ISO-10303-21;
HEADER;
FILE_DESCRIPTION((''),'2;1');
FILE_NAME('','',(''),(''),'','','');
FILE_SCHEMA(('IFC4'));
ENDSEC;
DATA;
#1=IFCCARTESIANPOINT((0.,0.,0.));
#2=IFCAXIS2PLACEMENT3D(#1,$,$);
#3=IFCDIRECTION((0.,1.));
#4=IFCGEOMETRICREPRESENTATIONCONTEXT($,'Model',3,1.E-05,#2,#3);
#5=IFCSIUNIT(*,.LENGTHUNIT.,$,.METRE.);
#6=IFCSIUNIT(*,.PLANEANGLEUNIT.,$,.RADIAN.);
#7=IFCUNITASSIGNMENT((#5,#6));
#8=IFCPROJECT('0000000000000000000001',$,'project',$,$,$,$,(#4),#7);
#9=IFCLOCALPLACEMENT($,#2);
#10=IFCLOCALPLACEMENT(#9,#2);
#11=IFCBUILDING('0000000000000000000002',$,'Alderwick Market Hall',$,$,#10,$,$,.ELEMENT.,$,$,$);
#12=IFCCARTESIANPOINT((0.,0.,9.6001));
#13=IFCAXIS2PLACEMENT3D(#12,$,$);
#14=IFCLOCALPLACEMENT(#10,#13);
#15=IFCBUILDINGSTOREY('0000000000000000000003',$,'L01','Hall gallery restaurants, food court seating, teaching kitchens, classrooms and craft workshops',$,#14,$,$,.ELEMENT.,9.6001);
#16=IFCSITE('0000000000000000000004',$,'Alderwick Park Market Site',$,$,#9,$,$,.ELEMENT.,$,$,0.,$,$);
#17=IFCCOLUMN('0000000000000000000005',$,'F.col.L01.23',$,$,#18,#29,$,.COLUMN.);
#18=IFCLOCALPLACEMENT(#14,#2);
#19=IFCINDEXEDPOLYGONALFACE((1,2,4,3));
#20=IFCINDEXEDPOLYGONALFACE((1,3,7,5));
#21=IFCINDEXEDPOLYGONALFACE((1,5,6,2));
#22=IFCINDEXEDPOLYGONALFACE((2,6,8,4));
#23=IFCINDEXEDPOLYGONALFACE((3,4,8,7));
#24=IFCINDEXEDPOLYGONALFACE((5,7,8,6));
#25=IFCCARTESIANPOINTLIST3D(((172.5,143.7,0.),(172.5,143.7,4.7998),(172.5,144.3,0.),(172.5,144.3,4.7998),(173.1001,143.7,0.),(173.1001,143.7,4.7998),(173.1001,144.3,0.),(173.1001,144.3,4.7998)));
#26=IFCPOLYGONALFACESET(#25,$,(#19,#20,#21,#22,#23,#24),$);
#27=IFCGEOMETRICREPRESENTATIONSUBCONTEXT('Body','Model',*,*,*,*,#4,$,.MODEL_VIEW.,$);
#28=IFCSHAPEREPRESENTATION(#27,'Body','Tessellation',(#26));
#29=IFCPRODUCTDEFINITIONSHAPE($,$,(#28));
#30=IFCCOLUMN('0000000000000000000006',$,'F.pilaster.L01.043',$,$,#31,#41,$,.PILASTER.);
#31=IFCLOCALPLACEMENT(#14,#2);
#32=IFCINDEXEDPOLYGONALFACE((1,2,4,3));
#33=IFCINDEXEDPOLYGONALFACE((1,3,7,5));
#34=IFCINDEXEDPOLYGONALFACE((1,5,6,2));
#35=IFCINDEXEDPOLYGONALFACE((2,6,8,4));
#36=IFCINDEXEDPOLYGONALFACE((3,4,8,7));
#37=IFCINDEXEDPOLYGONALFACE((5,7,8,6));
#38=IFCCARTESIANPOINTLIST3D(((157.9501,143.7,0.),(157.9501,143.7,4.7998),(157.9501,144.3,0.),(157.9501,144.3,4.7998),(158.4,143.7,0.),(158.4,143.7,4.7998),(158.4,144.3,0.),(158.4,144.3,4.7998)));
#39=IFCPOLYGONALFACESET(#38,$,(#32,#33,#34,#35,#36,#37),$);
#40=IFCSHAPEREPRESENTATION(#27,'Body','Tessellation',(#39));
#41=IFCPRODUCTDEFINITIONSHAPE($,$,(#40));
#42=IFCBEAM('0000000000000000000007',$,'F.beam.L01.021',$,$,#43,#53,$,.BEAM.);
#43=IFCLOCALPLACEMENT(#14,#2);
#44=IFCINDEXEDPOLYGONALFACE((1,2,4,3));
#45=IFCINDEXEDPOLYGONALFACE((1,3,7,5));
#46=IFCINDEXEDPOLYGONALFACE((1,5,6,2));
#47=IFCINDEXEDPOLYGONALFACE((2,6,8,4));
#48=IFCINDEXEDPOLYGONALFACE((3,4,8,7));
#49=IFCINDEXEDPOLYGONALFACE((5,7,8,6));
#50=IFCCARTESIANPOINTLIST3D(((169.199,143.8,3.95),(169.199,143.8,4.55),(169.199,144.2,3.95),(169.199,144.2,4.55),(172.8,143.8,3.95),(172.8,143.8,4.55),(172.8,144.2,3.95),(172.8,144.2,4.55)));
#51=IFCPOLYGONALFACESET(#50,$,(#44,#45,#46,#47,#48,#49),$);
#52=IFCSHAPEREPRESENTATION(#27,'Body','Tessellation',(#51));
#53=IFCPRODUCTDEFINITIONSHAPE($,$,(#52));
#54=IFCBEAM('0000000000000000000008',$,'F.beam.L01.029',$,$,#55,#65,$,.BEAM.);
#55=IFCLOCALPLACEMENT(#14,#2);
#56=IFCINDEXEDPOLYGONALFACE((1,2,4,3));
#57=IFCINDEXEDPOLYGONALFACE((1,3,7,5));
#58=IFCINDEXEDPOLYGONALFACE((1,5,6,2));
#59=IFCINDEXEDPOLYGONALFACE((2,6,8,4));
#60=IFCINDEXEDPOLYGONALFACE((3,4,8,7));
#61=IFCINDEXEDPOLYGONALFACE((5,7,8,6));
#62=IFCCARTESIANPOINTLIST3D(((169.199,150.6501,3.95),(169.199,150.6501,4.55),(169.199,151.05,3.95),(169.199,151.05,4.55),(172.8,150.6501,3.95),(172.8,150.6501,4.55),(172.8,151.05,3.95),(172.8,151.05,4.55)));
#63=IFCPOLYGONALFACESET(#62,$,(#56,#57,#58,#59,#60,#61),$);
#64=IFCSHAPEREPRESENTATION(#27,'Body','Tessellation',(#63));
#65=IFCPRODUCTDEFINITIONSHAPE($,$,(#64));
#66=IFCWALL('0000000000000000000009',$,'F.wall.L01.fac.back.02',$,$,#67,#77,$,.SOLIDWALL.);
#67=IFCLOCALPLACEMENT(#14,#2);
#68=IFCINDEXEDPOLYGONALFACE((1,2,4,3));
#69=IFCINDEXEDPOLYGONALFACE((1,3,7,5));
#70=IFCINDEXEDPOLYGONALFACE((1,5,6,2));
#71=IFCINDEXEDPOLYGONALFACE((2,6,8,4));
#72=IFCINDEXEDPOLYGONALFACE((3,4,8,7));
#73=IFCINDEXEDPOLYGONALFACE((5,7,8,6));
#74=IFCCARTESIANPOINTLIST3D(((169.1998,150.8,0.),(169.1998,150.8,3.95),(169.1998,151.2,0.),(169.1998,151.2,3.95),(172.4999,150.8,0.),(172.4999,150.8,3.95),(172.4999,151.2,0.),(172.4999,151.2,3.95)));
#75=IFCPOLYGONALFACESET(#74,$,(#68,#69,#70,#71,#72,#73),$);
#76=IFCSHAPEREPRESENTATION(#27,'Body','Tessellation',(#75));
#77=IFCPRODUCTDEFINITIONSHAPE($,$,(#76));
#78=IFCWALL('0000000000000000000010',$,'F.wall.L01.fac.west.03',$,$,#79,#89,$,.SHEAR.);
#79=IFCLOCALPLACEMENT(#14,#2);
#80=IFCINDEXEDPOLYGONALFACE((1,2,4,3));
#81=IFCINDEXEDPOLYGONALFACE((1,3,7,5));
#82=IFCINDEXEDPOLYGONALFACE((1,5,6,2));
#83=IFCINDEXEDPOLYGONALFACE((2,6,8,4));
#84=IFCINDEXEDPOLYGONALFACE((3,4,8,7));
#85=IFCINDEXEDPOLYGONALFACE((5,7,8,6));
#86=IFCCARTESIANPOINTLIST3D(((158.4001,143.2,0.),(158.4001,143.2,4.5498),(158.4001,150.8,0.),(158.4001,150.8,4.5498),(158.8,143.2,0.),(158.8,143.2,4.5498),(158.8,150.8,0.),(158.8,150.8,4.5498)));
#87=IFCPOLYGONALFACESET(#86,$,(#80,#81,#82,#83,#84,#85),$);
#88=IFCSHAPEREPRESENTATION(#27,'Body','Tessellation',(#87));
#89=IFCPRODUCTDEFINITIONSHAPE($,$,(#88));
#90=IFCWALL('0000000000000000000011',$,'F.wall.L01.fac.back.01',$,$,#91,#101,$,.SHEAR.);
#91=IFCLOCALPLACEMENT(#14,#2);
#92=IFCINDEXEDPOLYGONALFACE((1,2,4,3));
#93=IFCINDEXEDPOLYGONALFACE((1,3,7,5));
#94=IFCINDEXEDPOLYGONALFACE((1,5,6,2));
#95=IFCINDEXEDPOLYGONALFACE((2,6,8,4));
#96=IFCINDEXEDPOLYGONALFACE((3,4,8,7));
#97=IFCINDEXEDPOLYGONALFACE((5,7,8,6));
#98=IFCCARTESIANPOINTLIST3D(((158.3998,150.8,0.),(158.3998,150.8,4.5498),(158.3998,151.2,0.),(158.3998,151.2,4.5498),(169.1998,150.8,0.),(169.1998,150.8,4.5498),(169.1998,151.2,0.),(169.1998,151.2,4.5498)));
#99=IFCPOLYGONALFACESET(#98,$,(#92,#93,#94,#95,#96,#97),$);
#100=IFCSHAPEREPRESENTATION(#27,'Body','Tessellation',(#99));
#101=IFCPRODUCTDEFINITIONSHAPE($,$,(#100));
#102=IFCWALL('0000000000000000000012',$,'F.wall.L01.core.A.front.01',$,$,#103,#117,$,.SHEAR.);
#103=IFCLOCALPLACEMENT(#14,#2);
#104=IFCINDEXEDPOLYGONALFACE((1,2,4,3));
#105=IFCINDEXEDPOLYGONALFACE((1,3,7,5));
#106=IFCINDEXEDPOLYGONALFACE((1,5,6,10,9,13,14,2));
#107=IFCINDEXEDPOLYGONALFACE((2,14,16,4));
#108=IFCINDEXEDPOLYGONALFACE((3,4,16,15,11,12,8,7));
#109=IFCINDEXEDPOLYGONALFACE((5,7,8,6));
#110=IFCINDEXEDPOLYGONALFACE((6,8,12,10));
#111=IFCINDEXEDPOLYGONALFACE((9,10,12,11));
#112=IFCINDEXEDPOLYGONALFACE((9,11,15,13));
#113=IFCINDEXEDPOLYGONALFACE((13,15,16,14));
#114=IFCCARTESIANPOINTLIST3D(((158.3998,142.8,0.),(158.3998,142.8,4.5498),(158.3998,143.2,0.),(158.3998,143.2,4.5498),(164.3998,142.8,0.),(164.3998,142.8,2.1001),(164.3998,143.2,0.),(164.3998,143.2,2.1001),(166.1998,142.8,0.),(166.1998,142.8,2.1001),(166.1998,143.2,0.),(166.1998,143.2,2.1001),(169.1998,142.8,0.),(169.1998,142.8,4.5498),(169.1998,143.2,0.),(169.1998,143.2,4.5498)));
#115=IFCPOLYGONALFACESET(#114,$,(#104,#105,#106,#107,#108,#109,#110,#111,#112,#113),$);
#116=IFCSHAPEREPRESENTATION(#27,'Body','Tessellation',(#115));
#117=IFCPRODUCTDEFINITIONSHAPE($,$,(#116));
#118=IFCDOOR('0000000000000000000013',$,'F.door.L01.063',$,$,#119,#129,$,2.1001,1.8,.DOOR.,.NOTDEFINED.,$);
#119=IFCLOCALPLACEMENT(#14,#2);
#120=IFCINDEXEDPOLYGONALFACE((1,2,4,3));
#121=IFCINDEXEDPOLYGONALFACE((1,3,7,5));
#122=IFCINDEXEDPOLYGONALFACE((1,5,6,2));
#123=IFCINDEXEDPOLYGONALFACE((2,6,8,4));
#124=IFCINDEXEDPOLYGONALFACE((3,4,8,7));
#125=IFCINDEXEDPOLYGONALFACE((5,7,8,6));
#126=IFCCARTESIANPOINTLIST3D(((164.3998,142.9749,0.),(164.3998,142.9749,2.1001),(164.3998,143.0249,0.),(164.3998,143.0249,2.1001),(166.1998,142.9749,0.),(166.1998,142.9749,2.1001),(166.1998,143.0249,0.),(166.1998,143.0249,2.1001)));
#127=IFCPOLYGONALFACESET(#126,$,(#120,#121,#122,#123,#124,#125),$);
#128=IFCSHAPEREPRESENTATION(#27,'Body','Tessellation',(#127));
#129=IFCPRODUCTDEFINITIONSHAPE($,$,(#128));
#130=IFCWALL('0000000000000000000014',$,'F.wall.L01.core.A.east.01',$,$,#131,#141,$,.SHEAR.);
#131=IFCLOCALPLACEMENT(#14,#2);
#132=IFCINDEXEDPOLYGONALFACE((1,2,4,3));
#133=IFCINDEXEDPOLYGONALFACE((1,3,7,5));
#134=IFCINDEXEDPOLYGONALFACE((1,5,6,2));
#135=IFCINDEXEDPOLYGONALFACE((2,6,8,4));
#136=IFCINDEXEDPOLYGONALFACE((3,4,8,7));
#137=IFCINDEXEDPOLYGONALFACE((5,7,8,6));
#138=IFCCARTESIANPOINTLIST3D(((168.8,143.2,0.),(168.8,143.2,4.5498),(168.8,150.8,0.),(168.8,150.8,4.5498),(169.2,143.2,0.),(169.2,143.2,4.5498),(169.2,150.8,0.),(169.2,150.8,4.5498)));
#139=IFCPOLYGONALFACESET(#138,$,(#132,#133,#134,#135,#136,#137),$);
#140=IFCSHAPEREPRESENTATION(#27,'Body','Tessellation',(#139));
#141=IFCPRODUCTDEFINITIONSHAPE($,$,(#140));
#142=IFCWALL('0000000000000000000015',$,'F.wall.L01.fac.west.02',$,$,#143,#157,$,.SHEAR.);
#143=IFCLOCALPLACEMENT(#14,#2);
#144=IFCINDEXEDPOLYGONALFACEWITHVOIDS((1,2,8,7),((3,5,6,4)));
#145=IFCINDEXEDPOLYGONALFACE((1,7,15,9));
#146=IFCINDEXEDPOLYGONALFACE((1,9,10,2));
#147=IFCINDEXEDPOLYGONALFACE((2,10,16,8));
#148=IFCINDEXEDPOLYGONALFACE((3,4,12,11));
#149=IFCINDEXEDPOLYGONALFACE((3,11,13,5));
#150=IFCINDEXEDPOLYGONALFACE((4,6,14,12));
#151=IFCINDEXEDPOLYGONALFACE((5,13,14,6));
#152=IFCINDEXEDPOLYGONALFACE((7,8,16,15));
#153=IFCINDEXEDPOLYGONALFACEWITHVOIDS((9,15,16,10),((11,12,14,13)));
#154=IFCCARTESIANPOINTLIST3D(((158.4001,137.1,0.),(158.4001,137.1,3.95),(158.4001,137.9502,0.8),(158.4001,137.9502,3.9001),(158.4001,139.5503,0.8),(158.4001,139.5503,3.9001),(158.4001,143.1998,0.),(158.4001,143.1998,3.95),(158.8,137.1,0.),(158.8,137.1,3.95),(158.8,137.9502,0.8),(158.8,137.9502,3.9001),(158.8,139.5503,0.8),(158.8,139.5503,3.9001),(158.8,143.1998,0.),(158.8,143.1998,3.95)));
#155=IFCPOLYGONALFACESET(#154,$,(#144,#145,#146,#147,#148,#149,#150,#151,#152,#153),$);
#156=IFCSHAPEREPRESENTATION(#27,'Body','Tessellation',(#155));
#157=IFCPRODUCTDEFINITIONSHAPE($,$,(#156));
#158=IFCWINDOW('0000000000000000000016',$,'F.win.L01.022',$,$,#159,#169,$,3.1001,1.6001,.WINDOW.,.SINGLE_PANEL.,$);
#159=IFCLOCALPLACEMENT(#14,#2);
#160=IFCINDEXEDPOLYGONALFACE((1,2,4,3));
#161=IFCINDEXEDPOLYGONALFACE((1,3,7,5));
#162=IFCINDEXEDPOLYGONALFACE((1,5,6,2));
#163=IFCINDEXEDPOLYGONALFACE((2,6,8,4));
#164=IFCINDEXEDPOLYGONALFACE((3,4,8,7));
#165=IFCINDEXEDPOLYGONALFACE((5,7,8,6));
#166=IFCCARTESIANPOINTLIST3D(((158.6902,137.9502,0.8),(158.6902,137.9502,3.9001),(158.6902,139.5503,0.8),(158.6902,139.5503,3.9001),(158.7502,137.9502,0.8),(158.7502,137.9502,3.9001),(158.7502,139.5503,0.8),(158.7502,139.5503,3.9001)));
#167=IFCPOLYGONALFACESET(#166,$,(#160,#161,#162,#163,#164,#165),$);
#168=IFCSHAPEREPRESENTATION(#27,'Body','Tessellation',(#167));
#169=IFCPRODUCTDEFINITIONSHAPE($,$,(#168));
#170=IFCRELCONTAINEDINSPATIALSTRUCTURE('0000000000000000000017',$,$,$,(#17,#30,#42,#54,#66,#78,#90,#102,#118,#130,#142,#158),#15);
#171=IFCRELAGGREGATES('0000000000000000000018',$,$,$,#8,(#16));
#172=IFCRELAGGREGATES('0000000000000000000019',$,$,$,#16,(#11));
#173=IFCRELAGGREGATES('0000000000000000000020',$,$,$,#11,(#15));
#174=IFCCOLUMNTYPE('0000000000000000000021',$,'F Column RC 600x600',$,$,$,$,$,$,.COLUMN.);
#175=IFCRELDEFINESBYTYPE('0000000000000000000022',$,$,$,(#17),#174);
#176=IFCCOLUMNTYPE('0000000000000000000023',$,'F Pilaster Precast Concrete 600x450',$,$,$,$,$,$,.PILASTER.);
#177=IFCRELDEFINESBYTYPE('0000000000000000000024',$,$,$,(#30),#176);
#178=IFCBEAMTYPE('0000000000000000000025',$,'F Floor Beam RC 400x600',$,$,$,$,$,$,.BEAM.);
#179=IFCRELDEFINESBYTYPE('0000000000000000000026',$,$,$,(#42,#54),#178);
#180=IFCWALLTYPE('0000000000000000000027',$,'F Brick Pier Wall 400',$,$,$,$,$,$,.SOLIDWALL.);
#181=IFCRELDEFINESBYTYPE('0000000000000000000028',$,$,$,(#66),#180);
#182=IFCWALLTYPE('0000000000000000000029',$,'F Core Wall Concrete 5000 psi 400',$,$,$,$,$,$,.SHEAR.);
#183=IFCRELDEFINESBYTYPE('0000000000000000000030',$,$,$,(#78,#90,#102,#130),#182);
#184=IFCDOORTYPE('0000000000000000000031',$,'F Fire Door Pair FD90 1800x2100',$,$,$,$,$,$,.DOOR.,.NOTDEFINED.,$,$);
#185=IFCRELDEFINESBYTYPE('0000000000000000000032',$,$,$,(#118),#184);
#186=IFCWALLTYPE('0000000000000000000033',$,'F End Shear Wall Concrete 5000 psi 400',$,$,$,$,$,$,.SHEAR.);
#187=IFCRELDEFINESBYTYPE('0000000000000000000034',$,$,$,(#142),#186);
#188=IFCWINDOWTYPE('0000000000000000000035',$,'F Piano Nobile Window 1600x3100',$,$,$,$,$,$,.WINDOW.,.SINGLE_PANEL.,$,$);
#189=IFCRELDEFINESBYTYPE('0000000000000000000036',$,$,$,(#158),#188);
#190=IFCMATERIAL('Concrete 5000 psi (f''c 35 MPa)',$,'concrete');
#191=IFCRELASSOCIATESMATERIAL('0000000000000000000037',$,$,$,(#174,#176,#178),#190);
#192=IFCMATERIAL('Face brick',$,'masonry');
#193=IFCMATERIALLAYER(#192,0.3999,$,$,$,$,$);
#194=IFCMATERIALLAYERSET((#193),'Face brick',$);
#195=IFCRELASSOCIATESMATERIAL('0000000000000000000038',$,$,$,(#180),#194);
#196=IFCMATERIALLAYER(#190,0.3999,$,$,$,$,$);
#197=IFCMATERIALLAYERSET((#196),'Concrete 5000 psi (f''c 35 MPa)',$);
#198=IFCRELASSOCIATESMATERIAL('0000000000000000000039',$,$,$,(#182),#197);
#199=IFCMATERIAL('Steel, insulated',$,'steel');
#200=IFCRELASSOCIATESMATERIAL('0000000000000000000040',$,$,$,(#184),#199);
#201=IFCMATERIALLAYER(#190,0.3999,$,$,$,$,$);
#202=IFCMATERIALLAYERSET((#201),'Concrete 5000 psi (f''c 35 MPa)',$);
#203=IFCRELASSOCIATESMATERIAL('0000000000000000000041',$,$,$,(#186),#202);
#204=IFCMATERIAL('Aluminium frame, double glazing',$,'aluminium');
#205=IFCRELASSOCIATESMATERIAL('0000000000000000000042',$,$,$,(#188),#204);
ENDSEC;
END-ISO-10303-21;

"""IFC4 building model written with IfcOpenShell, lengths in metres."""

from ifc_helpers import new_model, si_unit, direction, frame, frame_2d, origin, origin_2d, place, context, subcontext, project, spatial, rectangle, extrude, material, layer, layer_set, material_profile, profile_set, type_object, element, fill, save


model = new_model("IFC4")

# Units and contexts
model_context = context("Model", 3, precision=1e-05, world=origin(), true_north=direction((0.0, 1.0)))
body_context = subcontext(model_context, "Body", "Model", "MODEL_VIEW")
ifc_project = project(units=[si_unit("LENGTHUNIT", "METRE"), si_unit("PLANEANGLEUNIT", "RADIAN")], contexts=[model_context])

# Site, building, storey
site_placement = place(None, origin())
site = spatial("IfcSite", under=ifc_project, at=site_placement, Name="Alderwick Park Market Site", CompositionType="ELEMENT", RefElevation=0.0)
building_placement = place(site_placement, origin())
building = spatial("IfcBuilding", under=site, at=building_placement, Name="Alderwick Market Hall", CompositionType="ELEMENT")
storey_placement = place(building_placement, frame((0.0, 0.0, 9.6001)))
storey = spatial("IfcBuildingStorey", under=building, at=storey_placement, Name="L01", Description="Hall gallery restaurants, food court seating, teaching kitchens, classrooms and craft workshops", CompositionType="ELEMENT", Elevation=9.6001)

# Columns
ifc_material_1 = material(Name="Concrete 5000 psi (f'c 35 MPa)", Category="concrete")
ifc_material_profile_1 = material_profile(ifc_material_1, rectangle(XDim=0.6001, YDim=0.6001, at=origin_2d()), Name="RC 600x600")
ifc_profile_set_1 = profile_set([ifc_material_profile_1], Name="Concrete 5000 psi (f'c 35 MPa)")
column_type_1 = type_object("IfcColumnType", Name="F Column RC 600x600", PredefinedType="COLUMN", material=ifc_profile_set_1)
column_1_placement = place(storey_placement, frame((172.8, 144.0, 0.0), z_axis=(0.0, 0.0, 1.0), x_axis=(1.0, 0.0, 0.0)))
element("IfcColumn", 1, at=column_1_placement, inside=storey, type_object=column_type_1, Name="F.col.L01.23", PredefinedType="COLUMN", context=body_context, shape_type="SweptSolid", body=[
    extrude(rectangle(XDim=0.6001, YDim=0.6001, at=origin_2d()), origin(), (0.0, 0.0, 1.0), 4.7998),
])
ifc_material_profile_2 = material_profile(ifc_material_1, rectangle(XDim=0.6001, YDim=0.45, at=origin_2d()), Name="PC 600x450")
ifc_profile_set_2 = profile_set([ifc_material_profile_2], Name="Concrete 5000 psi (f'c 35 MPa)")
column_type_2 = type_object("IfcColumnType", Name="F Pilaster Precast Concrete 600x450", PredefinedType="PILASTER", material=ifc_profile_set_2)
column_2_placement = place(storey_placement, frame((158.175, 144.0, 0.0), z_axis=(0.0, 0.0, 1.0), x_axis=(0.0, 1.0, 0.0)))
element("IfcColumn", 2, at=column_2_placement, inside=storey, type_object=column_type_2, Name="F.pilaster.L01.043", PredefinedType="PILASTER", context=body_context, shape_type="SweptSolid", body=[
    extrude(rectangle(XDim=0.6001, YDim=0.45, at=origin_2d()), origin(), (0.0, 0.0, 1.0), 4.7998),
])

# Beams
ifc_material_profile_3 = material_profile(ifc_material_1, rectangle(XDim=0.3999, YDim=0.6001, at=origin_2d()), Name="RC 400x600")
ifc_profile_set_3 = profile_set([ifc_material_profile_3], Name="Concrete 5000 psi (f'c 35 MPa)")
beam_type = type_object("IfcBeamType", Name="F Floor Beam RC 400x600", PredefinedType="BEAM", material=ifc_profile_set_3)
for number, where, z_axis, x_axis, name in (
    (3, (169.199, 144.0, 4.25), (1.0, 0.0, 0.0), (0.0, 1.0, 0.0), "F.beam.L01.021"),
    (4, (169.199, 150.8501, 4.25), (1.0, 0.0, 0.0), (0.0, 1.0, 0.0), "F.beam.L01.029"),
):
    element("IfcBeam", number, at=place(storey_placement, frame(where, z_axis=z_axis, x_axis=x_axis)), inside=storey, type_object=beam_type, Name=name, PredefinedType="BEAM", context=body_context, shape_type="SweptSolid", body=[
        extrude(rectangle(XDim=0.3999, YDim=0.6001, at=origin_2d()), origin(), (0.0, 0.0, 1.0), 3.6011),
    ])

# Walls
ifc_material_2 = material(Name="Face brick", Category="masonry")
ifc_layer_1 = layer(ifc_material_2, 0.3999)
ifc_layer_set_1 = layer_set([ifc_layer_1], Name="Face brick")
wall_type_1 = type_object("IfcWallType", Name="F Brick Pier Wall 400", PredefinedType="SOLIDWALL", material=ifc_layer_set_1)
wall_1_placement = place(storey_placement, frame((169.2, 151.0, 0.0), z_axis=(0.0, 0.0, 1.0), x_axis=(1.0, 0.0, 0.0)))
element("IfcWall", 5, at=wall_1_placement, inside=storey, type_object=wall_type_1, Name="F.wall.L01.fac.back.02", PredefinedType="SOLIDWALL", context=body_context, shape_type="SweptSolid", body=[
    extrude(rectangle(XDim=3.3, YDim=0.3999, at=frame_2d((1.6499, 0.0))), origin(), (0.0, 0.0, 1.0), 3.95),
])
ifc_layer_2 = layer(ifc_material_1, 0.3999)
ifc_layer_set_2 = layer_set([ifc_layer_2], Name="Concrete 5000 psi (f'c 35 MPa)")
wall_type_2 = type_object("IfcWallType", Name="F Core Wall Concrete 5000 psi 400", PredefinedType="SHEAR", material=ifc_layer_set_2)
wall_2_placement = place(storey_placement, frame((158.6001, 143.2, 0.0), z_axis=(0.0, 0.0, 1.0), x_axis=(0.0, 1.0, 0.0)))
element("IfcWall", 6, at=wall_2_placement, inside=storey, type_object=wall_type_2, Name="F.wall.L01.fac.west.03", PredefinedType="SHEAR", context=body_context, shape_type="SweptSolid", body=[
    extrude(rectangle(XDim=7.6001, YDim=0.3999, at=frame_2d((3.8, 0.0))), origin(), (0.0, 0.0, 1.0), 4.5498),
])
wall_3_placement = place(storey_placement, frame((158.3999, 151.0, 0.0), z_axis=(0.0, 0.0, 1.0), x_axis=(1.0, 0.0, 0.0)))
element("IfcWall", 7, at=wall_3_placement, inside=storey, type_object=wall_type_2, Name="F.wall.L01.fac.back.01", PredefinedType="SHEAR", context=body_context, shape_type="SweptSolid", body=[
    extrude(rectangle(XDim=10.8, YDim=0.3999, at=frame_2d((5.3999, 0.0))), origin(), (0.0, 0.0, 1.0), 4.5498),
])

# Wall, opening, door
wall_4_placement = place(storey_placement, frame((158.3999, 143.0, 0.0), z_axis=(0.0, 0.0, 1.0), x_axis=(1.0, 0.0, 0.0)))
wall_4 = element("IfcWall", 8, at=wall_4_placement, inside=storey, type_object=wall_type_2, Name="F.wall.L01.core.A.front.01", PredefinedType="SHEAR", context=body_context, shape_type="SweptSolid", body=[
    extrude(rectangle(XDim=10.8, YDim=0.3999, at=frame_2d((5.3999, 0.0))), origin(), (0.0, 0.0, 1.0), 4.5498),
])
opening_1_placement = place(wall_4_placement, frame((6.0, 0.0, 0.0)))
opening_1 = element("IfcOpeningElement", 9, at=opening_1_placement, cuts=wall_4, PredefinedType="OPENING", context=body_context, shape_type="SweptSolid", body=[
    extrude(rectangle(XDim=1.8, YDim=2.1001, at=frame_2d((0.8999, 1.05))), frame((0.0, 0.21, 0.0), z_axis=(0.0, -1.0, 0.0), x_axis=(1.0, 0.0, 0.0)), (0.0, 0.0, 1.0), 0.4199),
])
ifc_material_3 = material(Name="Steel, insulated", Category="steel")
door_type_1 = type_object("IfcDoorType", Name="F Fire Door Pair FD90 1800x2100", OperationType="NOTDEFINED", PredefinedType="DOOR", material=ifc_material_3)
door_1_placement = place(opening_1_placement, origin())
door_1 = element("IfcDoor", 10, at=door_1_placement, inside=storey, type_object=door_type_1, Name="F.door.L01.063", OperationType="NOTDEFINED", OverallHeight=2.1001, OverallWidth=1.8, PredefinedType="DOOR", context=body_context, shape_type="SweptSolid", body=[
    extrude(rectangle(XDim=1.8, YDim=2.1001, at=frame_2d((0.8999, 1.05))), frame((0.0, 0.0249, 0.0), z_axis=(0.0, -1.0, 0.0), x_axis=(1.0, 0.0, 0.0)), (0.0, 0.0, 1.0), 0.05),
])
fill(opening_1, door_1)

# Wall
wall_5_placement = place(storey_placement, frame((169.0, 143.2, 0.0), z_axis=(0.0, 0.0, 1.0), x_axis=(0.0, 1.0, 0.0)))
element("IfcWall", 11, at=wall_5_placement, inside=storey, type_object=wall_type_2, Name="F.wall.L01.core.A.east.01", PredefinedType="SHEAR", context=body_context, shape_type="SweptSolid", body=[
    extrude(rectangle(XDim=7.6001, YDim=0.3999, at=frame_2d((3.8, 0.0))), origin(), (0.0, 0.0, 1.0), 4.5498),
])

# Wall, opening, window
ifc_layer_3 = layer(ifc_material_1, 0.3999)
ifc_layer_set_3 = layer_set([ifc_layer_3], Name="Concrete 5000 psi (f'c 35 MPa)")
wall_type_3 = type_object("IfcWallType", Name="F End Shear Wall Concrete 5000 psi 400", PredefinedType="SHEAR", material=ifc_layer_set_3)
wall_6_placement = place(storey_placement, frame((158.6001, 137.1001, 0.0), z_axis=(0.0, 0.0, 1.0), x_axis=(0.0, 1.0, 0.0)))
wall_6 = element("IfcWall", 12, at=wall_6_placement, inside=storey, type_object=wall_type_3, Name="F.wall.L01.fac.west.02", PredefinedType="SHEAR", context=body_context, shape_type="SweptSolid", body=[
    extrude(rectangle(XDim=6.0999, YDim=0.3999, at=frame_2d((3.0498, 0.0))), origin(), (0.0, 0.0, 1.0), 3.95),
])
opening_2_placement = place(wall_6_placement, frame((0.8501, 0.0, 0.8)))
opening_2 = element("IfcOpeningElement", 13, at=opening_2_placement, cuts=wall_6, PredefinedType="OPENING", context=body_context, shape_type="SweptSolid", body=[
    extrude(rectangle(XDim=1.6001, YDim=3.1001, at=frame_2d((0.8, 1.55))), frame((0.0, 0.21, 0.0), z_axis=(0.0, -1.0, 0.0), x_axis=(1.0, 0.0, 0.0)), (0.0, 0.0, 1.0), 0.4199),
])
ifc_material_4 = material(Name="Aluminium frame, double glazing", Category="aluminium")
window_type = type_object("IfcWindowType", Name="F Piano Nobile Window 1600x3100", PartitioningType="SINGLE_PANEL", PredefinedType="WINDOW", material=ifc_material_4)
window_placement = place(opening_2_placement, origin())
window = element("IfcWindow", 14, at=window_placement, inside=storey, type_object=window_type, Name="F.win.L01.022", OverallHeight=3.1001, OverallWidth=1.6001, PartitioningType="SINGLE_PANEL", PredefinedType="WINDOW", context=body_context, shape_type="SweptSolid", body=[
    extrude(rectangle(XDim=1.6001, YDim=3.1001, at=frame_2d((0.8, 1.55))), frame((0.0, -0.0901, 0.0), z_axis=(0.0, -1.0, 0.0), x_axis=(1.0, 0.0, 0.0)), (0.0, 0.0, 1.0), 0.0601),
])
fill(opening_2, window)

save(model, "model.ifc")
